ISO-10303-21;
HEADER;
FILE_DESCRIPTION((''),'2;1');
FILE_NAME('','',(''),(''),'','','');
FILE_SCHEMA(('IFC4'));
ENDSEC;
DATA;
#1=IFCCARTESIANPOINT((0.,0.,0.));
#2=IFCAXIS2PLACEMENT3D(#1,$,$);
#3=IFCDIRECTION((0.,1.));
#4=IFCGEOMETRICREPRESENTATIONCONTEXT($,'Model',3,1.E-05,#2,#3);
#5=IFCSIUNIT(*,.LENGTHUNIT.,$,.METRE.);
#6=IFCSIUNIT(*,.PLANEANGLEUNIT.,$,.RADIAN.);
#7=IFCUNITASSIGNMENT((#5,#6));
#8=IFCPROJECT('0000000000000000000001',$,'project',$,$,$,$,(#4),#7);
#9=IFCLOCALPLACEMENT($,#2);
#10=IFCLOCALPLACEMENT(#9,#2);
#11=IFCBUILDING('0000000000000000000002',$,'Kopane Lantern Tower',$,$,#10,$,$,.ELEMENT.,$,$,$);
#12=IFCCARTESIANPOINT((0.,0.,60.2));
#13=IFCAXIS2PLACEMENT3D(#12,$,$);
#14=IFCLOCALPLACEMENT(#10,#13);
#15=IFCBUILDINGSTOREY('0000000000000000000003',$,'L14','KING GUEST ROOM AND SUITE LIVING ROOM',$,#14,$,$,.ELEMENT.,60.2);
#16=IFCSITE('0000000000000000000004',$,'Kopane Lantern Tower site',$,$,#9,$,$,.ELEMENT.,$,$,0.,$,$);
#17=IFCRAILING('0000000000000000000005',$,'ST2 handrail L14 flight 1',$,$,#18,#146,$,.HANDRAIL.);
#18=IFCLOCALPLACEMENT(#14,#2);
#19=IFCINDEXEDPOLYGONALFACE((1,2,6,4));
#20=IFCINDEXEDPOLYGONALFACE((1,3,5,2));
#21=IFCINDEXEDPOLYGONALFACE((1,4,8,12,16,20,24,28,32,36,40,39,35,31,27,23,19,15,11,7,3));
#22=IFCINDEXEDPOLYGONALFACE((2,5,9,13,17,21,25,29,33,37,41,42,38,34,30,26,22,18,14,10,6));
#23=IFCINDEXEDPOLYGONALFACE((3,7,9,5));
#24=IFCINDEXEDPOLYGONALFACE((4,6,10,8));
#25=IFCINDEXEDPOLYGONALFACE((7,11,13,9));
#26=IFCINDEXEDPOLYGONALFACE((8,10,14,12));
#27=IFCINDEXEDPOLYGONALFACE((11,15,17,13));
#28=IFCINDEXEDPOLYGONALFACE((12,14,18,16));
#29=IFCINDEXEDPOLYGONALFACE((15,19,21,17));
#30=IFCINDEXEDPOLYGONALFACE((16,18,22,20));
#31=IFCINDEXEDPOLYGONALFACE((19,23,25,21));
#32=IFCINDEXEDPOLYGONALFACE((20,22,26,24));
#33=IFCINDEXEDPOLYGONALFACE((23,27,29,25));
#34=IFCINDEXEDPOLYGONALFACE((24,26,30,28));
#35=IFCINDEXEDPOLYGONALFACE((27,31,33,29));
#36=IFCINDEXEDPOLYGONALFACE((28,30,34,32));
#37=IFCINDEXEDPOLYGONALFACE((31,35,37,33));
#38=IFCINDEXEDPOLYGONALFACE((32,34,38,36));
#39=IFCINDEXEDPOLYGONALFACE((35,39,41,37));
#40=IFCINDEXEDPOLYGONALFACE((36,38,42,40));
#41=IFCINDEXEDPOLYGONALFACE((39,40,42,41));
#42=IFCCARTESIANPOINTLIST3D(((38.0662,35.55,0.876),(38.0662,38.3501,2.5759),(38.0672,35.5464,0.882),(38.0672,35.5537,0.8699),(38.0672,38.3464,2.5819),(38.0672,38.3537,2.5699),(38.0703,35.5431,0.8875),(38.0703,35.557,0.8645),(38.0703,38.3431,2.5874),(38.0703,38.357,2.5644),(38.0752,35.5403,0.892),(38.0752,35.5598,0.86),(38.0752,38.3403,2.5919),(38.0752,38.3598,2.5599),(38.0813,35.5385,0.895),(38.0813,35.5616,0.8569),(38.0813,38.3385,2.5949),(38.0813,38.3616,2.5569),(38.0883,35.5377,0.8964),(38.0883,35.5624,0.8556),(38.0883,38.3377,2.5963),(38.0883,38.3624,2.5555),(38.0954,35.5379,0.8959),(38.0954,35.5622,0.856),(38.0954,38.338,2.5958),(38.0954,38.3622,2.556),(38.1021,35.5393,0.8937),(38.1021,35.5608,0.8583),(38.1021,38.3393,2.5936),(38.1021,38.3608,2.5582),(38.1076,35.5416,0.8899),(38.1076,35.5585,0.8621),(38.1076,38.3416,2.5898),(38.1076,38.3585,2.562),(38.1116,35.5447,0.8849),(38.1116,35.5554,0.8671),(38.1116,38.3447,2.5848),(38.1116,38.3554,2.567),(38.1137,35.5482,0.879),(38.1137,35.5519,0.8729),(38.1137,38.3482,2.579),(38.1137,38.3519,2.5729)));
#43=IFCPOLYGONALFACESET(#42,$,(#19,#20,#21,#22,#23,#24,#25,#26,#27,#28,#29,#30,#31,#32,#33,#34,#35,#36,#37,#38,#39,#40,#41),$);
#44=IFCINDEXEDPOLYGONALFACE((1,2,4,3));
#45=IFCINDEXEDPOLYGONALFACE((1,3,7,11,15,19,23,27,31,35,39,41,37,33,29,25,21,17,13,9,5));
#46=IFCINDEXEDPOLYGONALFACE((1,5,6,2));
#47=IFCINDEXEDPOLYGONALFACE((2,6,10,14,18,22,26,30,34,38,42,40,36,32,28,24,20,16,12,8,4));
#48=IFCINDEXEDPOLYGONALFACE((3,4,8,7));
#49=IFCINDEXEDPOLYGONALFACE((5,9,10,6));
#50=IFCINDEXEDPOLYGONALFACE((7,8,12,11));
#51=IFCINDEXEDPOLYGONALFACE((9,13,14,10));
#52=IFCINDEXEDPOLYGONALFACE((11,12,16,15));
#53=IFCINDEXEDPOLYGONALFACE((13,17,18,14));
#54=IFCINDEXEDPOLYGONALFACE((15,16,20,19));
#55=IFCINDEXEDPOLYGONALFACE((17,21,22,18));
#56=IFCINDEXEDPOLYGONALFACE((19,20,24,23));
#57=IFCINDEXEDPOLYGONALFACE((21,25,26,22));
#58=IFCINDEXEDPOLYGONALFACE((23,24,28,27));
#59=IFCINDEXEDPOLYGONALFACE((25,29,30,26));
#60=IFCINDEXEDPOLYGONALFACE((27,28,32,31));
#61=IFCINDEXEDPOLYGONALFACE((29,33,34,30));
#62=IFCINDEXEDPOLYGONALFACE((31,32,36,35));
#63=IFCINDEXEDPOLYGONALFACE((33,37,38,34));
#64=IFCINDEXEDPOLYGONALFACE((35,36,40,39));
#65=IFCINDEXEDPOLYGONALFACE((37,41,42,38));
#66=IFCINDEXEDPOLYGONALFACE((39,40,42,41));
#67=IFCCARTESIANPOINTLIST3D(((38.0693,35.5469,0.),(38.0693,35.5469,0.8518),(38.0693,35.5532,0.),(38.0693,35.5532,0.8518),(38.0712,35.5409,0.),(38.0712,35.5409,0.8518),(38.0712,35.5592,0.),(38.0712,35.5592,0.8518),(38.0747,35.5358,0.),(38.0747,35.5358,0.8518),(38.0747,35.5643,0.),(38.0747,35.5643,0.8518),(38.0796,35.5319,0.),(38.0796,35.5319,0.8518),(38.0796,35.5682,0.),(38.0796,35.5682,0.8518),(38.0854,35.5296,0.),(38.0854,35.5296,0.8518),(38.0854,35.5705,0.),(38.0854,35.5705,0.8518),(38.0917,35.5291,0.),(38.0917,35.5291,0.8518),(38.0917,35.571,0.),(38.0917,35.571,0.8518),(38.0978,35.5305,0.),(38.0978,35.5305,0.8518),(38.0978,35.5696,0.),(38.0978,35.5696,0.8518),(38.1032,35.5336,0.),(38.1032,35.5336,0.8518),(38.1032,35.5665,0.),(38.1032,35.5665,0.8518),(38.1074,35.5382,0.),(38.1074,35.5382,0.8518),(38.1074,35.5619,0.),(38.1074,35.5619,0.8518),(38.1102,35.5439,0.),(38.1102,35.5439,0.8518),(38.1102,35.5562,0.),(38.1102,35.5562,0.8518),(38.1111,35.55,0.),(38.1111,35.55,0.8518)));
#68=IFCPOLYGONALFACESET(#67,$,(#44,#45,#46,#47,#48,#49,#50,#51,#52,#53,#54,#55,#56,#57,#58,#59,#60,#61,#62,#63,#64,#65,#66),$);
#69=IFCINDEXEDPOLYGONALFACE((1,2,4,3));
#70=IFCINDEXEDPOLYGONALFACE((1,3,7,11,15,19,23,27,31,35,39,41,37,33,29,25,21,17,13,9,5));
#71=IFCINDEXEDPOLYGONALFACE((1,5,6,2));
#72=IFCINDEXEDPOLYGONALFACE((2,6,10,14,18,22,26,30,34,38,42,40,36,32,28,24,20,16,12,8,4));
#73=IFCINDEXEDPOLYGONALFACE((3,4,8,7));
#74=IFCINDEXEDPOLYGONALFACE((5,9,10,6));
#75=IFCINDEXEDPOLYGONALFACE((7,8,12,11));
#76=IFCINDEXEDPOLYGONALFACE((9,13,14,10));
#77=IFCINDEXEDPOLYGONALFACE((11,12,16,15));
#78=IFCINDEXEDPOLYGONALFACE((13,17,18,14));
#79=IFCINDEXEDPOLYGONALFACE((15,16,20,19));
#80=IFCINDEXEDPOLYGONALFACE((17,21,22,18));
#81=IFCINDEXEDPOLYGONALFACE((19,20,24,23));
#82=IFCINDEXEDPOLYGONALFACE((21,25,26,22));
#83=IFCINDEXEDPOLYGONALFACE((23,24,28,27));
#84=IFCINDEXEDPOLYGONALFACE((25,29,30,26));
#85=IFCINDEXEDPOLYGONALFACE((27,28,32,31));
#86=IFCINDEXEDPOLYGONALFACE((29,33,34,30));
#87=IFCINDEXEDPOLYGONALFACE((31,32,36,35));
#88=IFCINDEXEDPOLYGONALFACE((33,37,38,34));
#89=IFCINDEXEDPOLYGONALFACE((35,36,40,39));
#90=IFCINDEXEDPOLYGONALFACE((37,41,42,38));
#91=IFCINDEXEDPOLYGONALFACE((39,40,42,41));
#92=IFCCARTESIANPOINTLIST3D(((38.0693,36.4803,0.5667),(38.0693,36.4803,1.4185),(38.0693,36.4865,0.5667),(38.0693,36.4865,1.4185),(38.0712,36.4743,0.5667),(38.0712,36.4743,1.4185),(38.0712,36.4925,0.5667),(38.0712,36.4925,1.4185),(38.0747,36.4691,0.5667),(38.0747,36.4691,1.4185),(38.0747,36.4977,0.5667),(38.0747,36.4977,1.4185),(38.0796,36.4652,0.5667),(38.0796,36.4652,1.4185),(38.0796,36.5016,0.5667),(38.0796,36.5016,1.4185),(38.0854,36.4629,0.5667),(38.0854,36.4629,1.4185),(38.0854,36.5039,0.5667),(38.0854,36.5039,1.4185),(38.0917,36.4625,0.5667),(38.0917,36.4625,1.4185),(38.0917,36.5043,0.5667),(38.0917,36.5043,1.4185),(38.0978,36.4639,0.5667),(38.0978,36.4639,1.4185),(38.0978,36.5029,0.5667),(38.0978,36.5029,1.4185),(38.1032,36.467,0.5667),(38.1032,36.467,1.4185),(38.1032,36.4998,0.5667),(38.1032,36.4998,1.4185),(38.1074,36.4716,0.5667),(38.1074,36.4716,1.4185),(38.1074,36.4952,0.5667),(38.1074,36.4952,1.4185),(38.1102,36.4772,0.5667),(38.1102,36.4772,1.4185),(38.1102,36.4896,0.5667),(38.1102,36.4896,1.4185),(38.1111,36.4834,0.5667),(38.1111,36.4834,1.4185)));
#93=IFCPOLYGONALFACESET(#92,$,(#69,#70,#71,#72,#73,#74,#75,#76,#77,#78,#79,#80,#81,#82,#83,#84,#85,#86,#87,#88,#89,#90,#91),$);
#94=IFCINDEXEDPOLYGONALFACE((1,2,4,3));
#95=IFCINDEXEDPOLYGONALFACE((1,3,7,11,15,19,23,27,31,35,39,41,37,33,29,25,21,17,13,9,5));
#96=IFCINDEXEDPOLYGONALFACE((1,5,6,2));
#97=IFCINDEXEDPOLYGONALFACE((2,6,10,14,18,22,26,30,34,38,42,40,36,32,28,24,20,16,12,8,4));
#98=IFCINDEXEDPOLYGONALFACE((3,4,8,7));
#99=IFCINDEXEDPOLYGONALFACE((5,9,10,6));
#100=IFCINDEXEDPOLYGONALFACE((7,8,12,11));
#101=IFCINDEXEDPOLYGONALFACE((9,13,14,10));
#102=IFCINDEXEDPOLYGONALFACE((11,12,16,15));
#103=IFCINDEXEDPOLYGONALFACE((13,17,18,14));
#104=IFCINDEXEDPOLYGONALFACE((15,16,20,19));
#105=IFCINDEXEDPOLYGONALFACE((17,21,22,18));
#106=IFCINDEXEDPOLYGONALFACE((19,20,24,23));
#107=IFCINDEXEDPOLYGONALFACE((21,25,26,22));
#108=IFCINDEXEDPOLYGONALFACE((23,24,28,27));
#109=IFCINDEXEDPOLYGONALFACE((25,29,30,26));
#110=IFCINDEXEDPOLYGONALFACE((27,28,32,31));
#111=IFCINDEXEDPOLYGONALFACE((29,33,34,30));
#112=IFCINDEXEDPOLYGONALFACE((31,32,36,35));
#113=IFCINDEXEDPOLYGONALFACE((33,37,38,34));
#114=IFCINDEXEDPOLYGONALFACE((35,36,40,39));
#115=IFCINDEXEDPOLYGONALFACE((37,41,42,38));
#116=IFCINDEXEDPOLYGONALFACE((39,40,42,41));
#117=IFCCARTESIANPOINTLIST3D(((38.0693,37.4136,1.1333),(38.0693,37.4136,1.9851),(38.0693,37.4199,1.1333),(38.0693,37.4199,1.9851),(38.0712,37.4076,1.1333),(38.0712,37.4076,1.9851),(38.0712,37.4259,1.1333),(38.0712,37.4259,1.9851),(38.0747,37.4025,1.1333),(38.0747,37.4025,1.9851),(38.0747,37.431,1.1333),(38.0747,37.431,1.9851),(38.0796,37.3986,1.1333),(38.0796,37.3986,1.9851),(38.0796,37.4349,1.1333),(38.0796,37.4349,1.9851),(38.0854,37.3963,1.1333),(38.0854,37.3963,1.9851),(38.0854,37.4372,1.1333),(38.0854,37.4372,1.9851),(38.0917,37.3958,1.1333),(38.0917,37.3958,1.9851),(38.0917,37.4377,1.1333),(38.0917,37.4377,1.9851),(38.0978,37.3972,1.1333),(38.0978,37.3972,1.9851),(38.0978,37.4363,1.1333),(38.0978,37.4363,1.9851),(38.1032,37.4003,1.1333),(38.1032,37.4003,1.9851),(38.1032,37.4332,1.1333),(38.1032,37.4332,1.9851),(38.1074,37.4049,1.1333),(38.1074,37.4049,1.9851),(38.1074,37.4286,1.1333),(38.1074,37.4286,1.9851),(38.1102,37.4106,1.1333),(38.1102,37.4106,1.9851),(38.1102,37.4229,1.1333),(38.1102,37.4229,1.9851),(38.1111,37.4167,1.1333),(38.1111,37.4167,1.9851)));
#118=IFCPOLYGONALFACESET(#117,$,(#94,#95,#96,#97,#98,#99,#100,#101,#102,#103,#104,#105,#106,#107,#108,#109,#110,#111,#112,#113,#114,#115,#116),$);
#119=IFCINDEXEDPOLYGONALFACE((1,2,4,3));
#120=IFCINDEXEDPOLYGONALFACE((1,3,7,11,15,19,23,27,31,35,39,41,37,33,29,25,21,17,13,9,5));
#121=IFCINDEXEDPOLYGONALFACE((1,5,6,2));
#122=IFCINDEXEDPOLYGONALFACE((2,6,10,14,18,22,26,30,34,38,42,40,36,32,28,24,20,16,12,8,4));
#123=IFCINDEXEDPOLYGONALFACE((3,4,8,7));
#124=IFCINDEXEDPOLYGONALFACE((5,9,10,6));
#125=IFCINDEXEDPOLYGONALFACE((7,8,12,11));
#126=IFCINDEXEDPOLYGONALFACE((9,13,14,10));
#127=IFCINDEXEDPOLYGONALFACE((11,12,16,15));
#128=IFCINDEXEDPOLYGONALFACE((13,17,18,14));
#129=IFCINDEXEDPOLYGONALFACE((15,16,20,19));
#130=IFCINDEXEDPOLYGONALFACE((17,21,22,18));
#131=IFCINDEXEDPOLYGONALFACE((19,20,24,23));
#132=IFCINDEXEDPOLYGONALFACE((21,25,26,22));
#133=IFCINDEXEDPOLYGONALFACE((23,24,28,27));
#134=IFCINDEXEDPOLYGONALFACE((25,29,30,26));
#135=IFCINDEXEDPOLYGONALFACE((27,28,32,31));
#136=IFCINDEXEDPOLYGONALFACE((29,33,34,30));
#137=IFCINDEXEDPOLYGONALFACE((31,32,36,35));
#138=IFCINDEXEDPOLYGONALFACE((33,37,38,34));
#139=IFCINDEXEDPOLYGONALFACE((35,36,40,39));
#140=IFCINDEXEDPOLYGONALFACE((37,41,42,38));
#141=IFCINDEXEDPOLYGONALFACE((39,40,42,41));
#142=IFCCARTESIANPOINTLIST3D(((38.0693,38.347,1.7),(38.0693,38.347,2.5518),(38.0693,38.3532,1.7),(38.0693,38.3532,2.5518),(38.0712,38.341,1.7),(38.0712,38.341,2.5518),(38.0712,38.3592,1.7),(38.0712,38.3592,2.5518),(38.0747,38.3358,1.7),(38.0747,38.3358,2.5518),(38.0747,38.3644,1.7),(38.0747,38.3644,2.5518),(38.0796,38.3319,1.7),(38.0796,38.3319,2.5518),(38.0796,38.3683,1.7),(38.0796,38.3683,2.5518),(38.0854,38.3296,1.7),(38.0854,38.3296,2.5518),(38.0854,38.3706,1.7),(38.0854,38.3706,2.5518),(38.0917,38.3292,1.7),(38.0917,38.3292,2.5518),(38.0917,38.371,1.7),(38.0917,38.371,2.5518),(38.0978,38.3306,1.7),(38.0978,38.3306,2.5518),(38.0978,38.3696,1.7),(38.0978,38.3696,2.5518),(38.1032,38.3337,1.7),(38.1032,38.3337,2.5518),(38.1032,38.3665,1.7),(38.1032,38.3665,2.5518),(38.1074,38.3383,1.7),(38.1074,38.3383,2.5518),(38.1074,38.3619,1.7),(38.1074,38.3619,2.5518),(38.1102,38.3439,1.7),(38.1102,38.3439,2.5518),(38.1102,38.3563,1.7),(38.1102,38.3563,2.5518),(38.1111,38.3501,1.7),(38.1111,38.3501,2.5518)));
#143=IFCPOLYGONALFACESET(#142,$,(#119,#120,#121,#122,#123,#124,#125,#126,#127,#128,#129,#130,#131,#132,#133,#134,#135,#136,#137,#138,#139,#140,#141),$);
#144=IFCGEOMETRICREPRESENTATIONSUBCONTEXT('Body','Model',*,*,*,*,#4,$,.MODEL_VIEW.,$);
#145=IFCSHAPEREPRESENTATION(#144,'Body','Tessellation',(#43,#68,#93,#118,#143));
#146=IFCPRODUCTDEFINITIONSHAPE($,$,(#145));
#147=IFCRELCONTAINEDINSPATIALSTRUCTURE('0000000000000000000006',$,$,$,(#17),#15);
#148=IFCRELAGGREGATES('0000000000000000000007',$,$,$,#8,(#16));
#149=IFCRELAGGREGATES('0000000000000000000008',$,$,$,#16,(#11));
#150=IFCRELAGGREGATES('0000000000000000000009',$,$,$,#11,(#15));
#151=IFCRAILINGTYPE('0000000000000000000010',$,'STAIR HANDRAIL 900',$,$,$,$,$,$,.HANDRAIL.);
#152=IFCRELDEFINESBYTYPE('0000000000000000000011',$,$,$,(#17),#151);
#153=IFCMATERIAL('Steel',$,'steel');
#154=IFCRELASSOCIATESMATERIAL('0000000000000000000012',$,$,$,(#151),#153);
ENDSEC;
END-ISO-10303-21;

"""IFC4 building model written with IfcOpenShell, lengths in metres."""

from ifc_helpers import new_model, si_unit, direction, frame, origin, origin_2d, place, context, subcontext, project, spatial, circle, extrude, material, type_object, element, save


model = new_model("IFC4")

# Units and contexts
model_context = context("Model", 3, precision=1e-05, world=origin(), true_north=direction((0.0, 1.0)))
body_context = subcontext(model_context, "Body", "Model", "MODEL_VIEW")
ifc_project = project(units=[si_unit("LENGTHUNIT", "METRE"), si_unit("PLANEANGLEUNIT", "RADIAN")], contexts=[model_context])

# Site, building, storey
site_placement = place(None, origin())
site = spatial("IfcSite", under=ifc_project, at=site_placement, Name="Kopane Lantern Tower site", CompositionType="ELEMENT", RefElevation=0.0)
building_placement = place(site_placement, origin())
building = spatial("IfcBuilding", under=site, at=building_placement, Name="Kopane Lantern Tower", CompositionType="ELEMENT")
storey_placement = place(building_placement, frame((0.0, 0.0, 60.2)))
storey = spatial("IfcBuildingStorey", under=building, at=storey_placement, Name="L14", Description="KING GUEST ROOM AND SUITE LIVING ROOM", CompositionType="ELEMENT", Elevation=60.2)

# Railing
ifc_material_1 = material(Name="Steel", Category="steel")
railing_type_1 = type_object("IfcRailingType", Name="STAIR HANDRAIL 900", PredefinedType="HANDRAIL", material=ifc_material_1)
for number, where, name in (
    (1, (38.0901, 35.55, 0.0), "ST2 handrail L14 flight 1"),
):
    element("IfcRailing", number, at=place(storey_placement, frame(where)), inside=storey, type_object=railing_type_1, Name=name, PredefinedType="HANDRAIL", context=body_context, shape_type="SweptSolid", body=[
        extrude(circle(Radius=0.0239, at=origin_2d()), frame((0.0, 0.0, 0.876), z_axis=(0.0, 0.854798, 0.518961), x_axis=(-1.0, 0.0, 0.0)), (0.0, 0.0, 1.0), 3.2756),
        extrude(circle(Radius=0.021, at=origin_2d()), origin(), (0.0, 0.0, 1.0), 0.8518),
        extrude(circle(Radius=0.021, at=origin_2d()), frame((0.0, 0.9333, 0.5667)), (0.0, 0.0, 1.0), 0.8518),
        extrude(circle(Radius=0.021, at=origin_2d()), frame((0.0, 1.8667, 1.1333)), (0.0, 0.0, 1.0), 0.8518),
        extrude(circle(Radius=0.021, at=origin_2d()), frame((0.0, 2.8, 1.7)), (0.0, 0.0, 1.0), 0.8518),
    ])

save(model, "model.ifc")
